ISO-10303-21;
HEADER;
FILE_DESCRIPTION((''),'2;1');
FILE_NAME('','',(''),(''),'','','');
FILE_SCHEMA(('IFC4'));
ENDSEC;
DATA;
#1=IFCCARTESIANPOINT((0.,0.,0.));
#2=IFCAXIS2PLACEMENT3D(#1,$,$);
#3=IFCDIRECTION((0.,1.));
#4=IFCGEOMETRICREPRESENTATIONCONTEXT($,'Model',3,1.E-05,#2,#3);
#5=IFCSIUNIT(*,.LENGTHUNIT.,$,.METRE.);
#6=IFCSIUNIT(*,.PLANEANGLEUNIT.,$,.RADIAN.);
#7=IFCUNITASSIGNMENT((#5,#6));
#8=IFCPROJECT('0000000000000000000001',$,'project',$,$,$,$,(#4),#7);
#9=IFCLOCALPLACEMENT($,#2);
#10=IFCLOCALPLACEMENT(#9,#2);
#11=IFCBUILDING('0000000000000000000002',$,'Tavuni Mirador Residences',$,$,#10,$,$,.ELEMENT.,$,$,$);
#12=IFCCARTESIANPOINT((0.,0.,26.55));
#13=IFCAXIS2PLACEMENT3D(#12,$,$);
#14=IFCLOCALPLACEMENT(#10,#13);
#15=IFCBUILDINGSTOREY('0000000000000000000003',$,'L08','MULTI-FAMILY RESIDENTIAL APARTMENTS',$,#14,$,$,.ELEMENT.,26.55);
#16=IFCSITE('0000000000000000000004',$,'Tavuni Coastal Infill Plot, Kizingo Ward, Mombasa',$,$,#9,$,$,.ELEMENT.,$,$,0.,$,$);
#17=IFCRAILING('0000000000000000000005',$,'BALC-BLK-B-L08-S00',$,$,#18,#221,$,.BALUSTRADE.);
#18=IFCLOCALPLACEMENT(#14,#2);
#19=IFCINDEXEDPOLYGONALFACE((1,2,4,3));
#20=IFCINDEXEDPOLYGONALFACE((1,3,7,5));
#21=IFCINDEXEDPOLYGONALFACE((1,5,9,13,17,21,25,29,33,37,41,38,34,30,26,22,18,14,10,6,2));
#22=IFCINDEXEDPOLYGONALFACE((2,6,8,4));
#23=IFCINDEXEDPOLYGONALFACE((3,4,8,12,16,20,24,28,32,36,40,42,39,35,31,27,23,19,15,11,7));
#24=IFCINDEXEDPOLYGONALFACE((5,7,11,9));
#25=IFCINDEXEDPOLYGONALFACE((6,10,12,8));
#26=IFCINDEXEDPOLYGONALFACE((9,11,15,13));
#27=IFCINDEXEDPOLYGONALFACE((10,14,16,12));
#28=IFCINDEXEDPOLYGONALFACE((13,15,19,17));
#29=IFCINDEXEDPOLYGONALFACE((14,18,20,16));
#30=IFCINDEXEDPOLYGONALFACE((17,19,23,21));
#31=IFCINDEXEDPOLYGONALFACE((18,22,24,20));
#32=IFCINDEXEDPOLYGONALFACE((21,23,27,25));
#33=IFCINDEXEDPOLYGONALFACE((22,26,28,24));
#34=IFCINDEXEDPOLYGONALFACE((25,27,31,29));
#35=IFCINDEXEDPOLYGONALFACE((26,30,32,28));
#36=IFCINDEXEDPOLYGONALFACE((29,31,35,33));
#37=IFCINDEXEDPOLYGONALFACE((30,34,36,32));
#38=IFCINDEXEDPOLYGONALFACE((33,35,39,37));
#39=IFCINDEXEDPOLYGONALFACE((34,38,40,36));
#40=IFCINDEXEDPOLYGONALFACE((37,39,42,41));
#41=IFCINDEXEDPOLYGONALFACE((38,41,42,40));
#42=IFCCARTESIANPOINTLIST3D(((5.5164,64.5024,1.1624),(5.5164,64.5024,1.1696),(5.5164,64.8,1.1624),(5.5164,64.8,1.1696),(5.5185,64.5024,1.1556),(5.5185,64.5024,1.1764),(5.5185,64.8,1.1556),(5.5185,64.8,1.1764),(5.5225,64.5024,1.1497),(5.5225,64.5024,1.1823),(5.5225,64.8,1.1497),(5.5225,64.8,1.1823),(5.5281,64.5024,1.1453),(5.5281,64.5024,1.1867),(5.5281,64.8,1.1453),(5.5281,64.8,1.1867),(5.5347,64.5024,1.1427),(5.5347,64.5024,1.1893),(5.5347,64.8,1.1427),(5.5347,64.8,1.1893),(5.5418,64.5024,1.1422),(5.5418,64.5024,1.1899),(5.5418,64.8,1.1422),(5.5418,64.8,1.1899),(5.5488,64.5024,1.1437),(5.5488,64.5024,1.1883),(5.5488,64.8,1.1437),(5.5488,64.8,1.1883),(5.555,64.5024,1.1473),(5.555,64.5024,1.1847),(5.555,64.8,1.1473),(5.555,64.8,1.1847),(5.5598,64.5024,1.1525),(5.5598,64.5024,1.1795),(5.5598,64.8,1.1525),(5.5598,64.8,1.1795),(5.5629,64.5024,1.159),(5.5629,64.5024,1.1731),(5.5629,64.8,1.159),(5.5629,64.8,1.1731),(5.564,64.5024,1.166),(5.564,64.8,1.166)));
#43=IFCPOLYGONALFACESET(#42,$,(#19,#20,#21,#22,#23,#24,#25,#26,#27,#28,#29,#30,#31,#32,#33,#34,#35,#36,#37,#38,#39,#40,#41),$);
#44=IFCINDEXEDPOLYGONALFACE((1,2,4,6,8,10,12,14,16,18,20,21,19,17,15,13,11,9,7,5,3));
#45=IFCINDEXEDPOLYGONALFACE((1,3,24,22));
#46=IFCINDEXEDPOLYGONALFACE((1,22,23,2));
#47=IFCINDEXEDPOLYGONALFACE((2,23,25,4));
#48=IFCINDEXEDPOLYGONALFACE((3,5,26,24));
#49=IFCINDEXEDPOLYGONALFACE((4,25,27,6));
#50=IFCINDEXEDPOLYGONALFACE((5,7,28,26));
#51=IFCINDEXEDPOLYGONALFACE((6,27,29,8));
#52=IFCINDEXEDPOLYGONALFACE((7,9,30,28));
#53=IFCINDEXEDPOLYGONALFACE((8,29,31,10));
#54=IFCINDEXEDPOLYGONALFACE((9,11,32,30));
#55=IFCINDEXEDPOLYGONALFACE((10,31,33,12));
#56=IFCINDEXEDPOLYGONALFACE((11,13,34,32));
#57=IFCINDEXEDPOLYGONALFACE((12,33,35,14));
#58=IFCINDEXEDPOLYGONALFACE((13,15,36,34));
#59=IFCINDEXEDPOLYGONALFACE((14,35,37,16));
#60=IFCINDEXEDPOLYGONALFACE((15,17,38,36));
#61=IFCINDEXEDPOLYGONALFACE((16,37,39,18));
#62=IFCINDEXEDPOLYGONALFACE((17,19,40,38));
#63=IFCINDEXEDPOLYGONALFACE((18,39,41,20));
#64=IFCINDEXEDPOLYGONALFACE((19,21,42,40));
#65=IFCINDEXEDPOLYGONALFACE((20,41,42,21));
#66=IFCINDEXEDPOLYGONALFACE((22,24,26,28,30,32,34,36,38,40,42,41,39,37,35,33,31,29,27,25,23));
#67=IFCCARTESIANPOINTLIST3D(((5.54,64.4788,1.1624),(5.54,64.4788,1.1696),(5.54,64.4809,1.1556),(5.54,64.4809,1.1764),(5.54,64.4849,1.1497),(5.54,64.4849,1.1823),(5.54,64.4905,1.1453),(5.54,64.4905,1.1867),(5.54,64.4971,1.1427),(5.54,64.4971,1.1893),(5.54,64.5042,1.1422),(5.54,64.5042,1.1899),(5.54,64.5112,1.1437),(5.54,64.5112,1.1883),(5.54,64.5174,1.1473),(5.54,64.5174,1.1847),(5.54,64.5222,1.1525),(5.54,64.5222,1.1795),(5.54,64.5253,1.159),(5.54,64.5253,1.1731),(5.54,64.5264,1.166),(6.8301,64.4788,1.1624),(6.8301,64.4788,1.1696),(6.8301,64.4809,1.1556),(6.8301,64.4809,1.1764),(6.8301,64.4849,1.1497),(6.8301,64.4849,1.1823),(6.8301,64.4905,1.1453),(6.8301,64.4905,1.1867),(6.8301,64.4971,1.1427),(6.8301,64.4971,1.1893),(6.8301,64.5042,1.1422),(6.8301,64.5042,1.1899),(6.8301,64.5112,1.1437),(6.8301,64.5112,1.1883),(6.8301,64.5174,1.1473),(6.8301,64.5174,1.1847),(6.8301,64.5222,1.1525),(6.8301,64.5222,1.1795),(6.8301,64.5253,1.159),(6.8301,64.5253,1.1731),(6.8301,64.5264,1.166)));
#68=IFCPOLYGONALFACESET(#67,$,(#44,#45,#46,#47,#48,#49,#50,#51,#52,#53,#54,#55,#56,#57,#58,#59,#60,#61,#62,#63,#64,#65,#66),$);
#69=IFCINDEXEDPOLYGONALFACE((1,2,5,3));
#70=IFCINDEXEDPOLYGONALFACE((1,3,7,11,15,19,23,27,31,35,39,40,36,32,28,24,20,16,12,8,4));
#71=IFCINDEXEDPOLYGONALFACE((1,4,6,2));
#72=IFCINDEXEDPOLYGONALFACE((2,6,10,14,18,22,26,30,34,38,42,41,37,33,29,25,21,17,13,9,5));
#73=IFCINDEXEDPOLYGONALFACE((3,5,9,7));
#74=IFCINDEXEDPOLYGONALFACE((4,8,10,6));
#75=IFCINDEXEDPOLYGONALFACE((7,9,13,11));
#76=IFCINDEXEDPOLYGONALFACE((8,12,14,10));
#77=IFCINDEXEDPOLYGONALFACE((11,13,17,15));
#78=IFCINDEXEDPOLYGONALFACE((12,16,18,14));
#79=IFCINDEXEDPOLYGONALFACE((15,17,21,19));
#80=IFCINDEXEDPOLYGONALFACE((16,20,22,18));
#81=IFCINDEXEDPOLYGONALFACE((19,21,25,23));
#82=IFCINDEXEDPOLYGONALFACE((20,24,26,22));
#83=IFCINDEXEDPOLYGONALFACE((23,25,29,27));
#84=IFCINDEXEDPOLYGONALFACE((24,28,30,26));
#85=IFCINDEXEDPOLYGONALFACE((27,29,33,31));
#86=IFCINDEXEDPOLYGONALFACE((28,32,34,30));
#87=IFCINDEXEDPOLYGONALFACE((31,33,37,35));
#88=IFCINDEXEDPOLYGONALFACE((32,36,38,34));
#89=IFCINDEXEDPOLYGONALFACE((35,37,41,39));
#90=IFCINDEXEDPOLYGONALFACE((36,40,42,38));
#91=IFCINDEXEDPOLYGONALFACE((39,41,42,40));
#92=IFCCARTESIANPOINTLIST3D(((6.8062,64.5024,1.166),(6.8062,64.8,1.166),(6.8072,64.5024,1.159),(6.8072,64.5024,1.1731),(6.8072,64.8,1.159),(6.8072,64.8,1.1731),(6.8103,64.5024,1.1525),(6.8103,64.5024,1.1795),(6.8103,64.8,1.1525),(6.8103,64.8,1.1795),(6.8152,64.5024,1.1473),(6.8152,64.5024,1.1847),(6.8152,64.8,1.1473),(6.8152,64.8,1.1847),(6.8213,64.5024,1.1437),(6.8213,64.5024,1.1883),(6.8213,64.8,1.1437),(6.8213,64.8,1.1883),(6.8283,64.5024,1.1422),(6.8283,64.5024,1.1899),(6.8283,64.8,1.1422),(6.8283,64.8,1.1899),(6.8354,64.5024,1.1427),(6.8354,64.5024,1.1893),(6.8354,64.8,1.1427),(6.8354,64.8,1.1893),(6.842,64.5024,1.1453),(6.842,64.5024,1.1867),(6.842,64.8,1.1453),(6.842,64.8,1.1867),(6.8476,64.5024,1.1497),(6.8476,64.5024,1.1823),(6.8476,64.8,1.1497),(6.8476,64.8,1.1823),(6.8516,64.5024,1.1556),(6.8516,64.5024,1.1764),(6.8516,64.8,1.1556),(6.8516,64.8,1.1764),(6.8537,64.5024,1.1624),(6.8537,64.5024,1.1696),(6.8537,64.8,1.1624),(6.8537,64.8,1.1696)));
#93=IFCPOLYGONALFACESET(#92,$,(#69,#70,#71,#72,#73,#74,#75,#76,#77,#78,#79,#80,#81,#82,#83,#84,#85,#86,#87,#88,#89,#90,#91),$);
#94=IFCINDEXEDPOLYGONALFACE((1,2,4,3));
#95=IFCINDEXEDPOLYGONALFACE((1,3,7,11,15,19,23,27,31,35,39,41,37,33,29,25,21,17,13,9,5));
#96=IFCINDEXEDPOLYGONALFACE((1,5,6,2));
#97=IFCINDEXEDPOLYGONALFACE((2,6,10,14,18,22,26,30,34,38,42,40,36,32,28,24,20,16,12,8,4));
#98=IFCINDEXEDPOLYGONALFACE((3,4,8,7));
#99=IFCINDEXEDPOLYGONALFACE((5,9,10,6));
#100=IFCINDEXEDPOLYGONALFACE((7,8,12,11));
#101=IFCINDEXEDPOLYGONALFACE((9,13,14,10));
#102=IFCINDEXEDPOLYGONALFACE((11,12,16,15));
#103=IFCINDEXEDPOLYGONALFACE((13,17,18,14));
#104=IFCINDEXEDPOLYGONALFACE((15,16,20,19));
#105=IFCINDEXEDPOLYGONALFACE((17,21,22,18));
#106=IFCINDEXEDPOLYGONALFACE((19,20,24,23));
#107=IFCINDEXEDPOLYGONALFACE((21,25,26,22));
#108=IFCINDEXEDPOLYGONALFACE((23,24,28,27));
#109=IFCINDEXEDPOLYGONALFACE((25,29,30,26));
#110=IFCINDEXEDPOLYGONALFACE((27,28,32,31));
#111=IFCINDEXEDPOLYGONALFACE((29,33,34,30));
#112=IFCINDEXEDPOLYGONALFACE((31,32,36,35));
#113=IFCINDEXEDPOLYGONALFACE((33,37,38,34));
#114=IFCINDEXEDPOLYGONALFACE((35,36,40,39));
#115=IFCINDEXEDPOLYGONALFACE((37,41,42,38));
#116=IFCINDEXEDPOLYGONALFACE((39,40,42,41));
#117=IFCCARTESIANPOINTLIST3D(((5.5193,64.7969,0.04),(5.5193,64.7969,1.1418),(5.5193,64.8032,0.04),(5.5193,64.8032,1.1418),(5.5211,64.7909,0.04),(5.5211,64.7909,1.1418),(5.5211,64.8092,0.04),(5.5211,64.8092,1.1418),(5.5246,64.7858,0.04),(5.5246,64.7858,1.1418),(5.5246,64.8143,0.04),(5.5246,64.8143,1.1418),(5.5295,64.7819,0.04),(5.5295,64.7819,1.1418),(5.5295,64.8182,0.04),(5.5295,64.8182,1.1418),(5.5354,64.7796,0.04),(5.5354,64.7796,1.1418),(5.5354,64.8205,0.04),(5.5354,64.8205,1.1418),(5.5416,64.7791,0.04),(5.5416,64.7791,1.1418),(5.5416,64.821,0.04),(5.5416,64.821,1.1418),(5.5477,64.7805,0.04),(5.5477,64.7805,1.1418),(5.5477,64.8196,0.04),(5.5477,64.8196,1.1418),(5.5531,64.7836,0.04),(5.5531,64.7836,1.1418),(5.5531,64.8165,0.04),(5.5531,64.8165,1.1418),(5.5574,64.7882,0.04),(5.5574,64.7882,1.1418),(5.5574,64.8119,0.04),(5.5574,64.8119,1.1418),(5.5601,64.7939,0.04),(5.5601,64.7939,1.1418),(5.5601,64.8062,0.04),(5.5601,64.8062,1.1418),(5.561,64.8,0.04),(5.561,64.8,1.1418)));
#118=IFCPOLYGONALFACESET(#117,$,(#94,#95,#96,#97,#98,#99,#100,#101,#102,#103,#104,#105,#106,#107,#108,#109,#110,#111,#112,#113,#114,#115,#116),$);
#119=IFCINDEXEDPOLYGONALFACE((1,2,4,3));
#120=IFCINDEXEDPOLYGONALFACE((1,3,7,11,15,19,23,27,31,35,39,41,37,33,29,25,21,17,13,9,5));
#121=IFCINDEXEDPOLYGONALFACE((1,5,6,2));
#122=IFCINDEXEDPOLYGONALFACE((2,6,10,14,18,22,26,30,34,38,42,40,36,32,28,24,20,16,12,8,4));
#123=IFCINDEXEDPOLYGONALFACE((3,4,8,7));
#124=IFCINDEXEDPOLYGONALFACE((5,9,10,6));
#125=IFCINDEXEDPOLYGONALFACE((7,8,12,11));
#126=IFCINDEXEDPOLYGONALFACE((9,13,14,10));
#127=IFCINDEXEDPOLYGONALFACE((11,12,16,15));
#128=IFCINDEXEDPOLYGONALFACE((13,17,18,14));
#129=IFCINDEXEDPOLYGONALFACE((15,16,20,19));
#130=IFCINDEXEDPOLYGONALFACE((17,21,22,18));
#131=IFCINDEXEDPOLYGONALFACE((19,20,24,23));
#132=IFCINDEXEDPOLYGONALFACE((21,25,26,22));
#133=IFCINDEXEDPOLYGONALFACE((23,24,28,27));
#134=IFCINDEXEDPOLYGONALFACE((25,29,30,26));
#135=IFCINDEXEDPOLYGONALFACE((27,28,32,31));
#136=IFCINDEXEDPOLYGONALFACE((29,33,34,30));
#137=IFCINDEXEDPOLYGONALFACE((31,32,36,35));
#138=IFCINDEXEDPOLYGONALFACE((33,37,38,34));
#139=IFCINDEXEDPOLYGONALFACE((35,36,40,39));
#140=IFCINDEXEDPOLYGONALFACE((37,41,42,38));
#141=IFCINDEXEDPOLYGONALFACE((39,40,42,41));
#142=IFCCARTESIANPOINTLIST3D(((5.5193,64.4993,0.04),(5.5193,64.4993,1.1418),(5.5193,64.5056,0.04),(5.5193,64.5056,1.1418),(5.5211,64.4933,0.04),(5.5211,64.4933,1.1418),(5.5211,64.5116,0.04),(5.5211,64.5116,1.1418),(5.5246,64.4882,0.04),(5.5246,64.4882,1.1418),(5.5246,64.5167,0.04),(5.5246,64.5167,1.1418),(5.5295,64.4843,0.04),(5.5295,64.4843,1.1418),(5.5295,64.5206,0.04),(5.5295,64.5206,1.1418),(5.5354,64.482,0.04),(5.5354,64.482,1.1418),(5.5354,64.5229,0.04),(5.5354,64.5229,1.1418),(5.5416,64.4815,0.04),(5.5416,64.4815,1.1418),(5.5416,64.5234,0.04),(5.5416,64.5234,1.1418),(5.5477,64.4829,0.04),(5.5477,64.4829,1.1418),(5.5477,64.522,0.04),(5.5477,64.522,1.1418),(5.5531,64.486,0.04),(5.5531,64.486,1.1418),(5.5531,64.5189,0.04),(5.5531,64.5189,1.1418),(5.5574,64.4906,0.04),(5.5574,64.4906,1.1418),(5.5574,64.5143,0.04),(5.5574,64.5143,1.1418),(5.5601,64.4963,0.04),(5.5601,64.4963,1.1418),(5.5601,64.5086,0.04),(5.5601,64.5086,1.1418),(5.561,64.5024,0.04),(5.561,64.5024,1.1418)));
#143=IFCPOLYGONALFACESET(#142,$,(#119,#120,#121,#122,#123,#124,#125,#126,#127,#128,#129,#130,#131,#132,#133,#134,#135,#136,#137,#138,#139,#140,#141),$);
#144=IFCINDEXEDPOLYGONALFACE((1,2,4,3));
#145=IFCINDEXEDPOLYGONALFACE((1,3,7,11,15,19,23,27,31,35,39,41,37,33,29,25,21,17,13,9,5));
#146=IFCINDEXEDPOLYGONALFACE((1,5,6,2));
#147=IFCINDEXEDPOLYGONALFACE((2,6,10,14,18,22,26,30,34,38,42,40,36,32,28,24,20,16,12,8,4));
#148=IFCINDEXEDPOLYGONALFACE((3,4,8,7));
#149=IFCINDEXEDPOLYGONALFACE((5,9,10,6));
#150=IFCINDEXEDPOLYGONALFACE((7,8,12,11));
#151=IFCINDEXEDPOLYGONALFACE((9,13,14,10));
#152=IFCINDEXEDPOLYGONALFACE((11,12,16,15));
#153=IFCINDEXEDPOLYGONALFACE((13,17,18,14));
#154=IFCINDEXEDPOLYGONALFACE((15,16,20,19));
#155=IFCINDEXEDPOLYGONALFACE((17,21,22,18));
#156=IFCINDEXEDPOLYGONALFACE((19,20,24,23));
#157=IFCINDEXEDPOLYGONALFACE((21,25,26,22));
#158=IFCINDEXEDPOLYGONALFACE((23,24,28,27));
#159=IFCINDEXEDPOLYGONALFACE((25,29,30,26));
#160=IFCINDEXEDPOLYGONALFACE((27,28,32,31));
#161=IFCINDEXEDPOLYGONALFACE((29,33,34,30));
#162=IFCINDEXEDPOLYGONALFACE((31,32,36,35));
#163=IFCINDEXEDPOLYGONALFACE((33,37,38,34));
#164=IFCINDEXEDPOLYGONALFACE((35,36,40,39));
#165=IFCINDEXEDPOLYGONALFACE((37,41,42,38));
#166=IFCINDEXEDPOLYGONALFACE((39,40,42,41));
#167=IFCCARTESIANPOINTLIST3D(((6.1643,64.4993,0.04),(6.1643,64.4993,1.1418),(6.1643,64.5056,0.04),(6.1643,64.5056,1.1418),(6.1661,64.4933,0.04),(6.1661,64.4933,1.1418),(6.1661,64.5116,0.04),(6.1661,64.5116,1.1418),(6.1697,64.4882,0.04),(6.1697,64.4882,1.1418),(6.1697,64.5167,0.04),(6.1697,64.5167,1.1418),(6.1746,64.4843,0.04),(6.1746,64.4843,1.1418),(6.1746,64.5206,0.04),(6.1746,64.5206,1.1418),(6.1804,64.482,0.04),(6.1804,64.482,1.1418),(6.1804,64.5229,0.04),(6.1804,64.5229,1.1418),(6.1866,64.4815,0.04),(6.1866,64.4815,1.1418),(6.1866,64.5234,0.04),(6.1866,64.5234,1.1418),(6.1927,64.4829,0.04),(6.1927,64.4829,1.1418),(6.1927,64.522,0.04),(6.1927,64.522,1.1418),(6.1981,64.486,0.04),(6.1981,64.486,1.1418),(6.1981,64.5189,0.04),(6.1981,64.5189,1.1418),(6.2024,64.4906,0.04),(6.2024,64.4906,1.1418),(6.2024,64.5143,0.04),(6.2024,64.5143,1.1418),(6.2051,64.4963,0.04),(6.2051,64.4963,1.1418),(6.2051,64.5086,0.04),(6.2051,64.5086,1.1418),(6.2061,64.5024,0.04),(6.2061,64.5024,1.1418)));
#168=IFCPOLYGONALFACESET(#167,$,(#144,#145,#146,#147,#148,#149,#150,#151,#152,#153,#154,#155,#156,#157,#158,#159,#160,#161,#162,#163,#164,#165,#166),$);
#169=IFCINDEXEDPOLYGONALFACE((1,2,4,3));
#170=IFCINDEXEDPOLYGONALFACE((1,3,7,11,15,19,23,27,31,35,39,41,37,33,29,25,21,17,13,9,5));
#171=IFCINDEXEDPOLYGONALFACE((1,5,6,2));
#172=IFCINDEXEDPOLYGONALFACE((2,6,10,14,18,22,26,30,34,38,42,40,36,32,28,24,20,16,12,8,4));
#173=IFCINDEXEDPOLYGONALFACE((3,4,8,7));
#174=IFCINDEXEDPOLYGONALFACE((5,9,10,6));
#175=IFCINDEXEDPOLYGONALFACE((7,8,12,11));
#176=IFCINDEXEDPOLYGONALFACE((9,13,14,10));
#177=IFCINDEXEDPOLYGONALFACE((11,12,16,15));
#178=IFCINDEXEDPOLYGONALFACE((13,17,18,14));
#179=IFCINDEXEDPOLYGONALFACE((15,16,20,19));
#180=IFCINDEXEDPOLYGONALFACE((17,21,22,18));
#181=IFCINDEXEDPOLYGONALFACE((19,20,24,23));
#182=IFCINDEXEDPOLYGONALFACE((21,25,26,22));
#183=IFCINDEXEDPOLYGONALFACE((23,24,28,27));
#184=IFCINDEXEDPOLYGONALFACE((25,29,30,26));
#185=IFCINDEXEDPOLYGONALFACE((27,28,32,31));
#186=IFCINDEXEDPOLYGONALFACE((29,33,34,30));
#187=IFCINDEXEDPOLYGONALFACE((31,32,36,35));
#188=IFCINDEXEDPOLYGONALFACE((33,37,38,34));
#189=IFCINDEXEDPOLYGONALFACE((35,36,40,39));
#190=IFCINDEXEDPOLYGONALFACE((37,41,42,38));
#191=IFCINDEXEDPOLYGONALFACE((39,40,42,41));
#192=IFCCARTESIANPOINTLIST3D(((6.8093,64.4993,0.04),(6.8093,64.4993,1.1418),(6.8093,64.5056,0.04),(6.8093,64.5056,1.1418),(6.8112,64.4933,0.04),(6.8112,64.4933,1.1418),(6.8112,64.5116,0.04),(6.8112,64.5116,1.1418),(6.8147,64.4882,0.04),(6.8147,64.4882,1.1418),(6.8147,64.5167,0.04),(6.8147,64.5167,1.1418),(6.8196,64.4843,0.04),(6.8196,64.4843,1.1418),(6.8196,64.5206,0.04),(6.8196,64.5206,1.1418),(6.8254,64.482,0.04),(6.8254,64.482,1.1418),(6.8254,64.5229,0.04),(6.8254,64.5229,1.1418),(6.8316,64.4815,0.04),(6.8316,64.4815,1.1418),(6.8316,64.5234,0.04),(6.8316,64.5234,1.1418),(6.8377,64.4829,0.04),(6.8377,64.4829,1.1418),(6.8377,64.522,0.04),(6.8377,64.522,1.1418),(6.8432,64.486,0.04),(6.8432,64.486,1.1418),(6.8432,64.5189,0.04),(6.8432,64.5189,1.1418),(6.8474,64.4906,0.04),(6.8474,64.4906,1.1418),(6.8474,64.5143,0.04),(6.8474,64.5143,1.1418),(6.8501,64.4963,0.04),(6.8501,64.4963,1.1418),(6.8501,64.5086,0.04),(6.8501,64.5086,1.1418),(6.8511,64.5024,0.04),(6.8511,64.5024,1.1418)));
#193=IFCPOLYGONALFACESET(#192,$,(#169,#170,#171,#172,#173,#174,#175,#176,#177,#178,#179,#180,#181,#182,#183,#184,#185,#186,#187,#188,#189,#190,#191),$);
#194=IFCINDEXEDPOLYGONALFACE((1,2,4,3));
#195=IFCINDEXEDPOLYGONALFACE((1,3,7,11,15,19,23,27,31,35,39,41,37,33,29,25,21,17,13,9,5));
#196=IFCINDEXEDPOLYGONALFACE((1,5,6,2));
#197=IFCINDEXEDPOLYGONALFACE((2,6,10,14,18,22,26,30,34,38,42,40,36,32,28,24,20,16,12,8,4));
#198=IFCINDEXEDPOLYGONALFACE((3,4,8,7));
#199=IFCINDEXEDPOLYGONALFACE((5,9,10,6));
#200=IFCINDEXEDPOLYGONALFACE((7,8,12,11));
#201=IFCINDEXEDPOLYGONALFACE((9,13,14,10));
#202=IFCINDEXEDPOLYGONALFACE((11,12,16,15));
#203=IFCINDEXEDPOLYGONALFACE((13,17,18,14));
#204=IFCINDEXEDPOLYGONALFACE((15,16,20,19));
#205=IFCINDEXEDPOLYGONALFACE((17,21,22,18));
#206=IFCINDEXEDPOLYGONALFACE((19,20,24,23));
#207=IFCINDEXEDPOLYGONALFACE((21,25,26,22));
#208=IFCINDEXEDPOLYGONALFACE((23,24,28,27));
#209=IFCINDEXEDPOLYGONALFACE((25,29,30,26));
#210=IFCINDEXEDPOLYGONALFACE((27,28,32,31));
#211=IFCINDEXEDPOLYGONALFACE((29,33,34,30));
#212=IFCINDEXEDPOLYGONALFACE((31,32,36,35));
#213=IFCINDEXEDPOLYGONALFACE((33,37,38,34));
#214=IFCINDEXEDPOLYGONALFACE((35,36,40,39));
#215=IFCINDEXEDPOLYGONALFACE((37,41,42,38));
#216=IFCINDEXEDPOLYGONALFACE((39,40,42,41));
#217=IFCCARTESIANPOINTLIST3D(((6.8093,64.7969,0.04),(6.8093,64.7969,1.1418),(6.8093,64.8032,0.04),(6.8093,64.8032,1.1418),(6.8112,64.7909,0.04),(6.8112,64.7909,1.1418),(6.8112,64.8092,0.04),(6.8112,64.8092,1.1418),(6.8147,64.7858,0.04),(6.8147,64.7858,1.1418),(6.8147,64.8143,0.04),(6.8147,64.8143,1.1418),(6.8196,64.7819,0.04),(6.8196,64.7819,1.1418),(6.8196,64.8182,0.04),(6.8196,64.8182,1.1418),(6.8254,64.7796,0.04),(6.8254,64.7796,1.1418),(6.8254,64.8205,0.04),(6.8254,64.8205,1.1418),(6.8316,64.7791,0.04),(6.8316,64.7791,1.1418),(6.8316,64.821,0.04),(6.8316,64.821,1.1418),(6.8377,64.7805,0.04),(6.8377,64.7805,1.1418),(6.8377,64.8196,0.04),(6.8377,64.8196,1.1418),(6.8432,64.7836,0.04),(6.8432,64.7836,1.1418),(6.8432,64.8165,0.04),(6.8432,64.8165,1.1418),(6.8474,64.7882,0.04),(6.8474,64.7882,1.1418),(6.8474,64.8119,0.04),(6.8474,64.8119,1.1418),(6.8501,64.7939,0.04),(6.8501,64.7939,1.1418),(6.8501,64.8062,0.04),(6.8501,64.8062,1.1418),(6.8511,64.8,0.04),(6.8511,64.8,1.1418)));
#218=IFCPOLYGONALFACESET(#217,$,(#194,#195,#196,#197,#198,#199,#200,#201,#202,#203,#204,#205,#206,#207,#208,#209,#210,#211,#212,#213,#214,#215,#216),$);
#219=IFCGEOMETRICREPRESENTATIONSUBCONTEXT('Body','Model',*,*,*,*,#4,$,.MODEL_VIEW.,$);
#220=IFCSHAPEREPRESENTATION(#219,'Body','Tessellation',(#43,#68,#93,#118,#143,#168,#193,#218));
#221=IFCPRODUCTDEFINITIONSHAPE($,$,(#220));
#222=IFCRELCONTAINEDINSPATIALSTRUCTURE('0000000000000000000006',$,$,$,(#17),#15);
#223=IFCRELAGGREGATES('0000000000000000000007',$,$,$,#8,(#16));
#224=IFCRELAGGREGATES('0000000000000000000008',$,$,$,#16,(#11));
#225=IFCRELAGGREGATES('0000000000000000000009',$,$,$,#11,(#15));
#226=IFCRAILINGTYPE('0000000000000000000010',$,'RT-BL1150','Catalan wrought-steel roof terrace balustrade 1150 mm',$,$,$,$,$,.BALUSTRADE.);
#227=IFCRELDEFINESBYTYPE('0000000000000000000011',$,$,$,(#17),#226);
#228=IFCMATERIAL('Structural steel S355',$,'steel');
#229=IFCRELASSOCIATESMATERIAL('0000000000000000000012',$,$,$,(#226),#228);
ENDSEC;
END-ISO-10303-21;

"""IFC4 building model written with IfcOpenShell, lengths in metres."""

from ifc_helpers import new_model, si_unit, direction, frame, origin, origin_2d, place, context, subcontext, project, spatial, circle, extrude, material, type_object, element, save


model = new_model("IFC4")

# Units and contexts
model_context = context("Model", 3, precision=1e-05, world=origin(), true_north=direction((0.0, 1.0)))
body_context = subcontext(model_context, "Body", "Model", "MODEL_VIEW")
ifc_project = project(units=[si_unit("LENGTHUNIT", "METRE"), si_unit("PLANEANGLEUNIT", "RADIAN")], contexts=[model_context])

# Site, building, storey
site_placement = place(None, origin())
site = spatial("IfcSite", under=ifc_project, at=site_placement, Name="Tavuni Coastal Infill Plot, Kizingo Ward, Mombasa", CompositionType="ELEMENT", RefElevation=0.0)
building_placement = place(site_placement, origin())
building = spatial("IfcBuilding", under=site, at=building_placement, Name="Tavuni Mirador Residences", CompositionType="ELEMENT")
storey_placement = place(building_placement, frame((0.0, 0.0, 26.55)))
storey = spatial("IfcBuildingStorey", under=building, at=storey_placement, Name="L08", Description="MULTI-FAMILY RESIDENTIAL APARTMENTS", CompositionType="ELEMENT", Elevation=26.55)

# Railing
ifc_material_1 = material(Name="Structural steel S355", Category="steel")
railing_type = type_object("IfcRailingType", Name="RT-BL1150", Description="Catalan wrought-steel roof terrace balustrade 1150 mm", PredefinedType="BALUSTRADE", material=ifc_material_1)
railing_placement = place(storey_placement, frame((5.54, 64.8, 0.04)))
element("IfcRailing", 1, at=railing_placement, inside=storey, type_object=railing_type, Name="BALC-BLK-B-L08-S00", PredefinedType="BALUSTRADE", context=body_context, shape_type="SweptSolid", body=[
    extrude(circle(Radius=0.0239, at=origin_2d()), frame((0.0, 0.0, 1.126), z_axis=(0.0, -1.0, 0.0), x_axis=(1.0, 0.0, 0.0)), (0.0, 0.0, 1.0), 0.2976),
    extrude(circle(Radius=0.0239, at=origin_2d()), frame((0.0, -0.2976, 1.126), z_axis=(1.0, 0.0, 0.0), x_axis=(0.0, 1.0, 0.0)), (0.0, 0.0, 1.0), 1.29),
    extrude(circle(Radius=0.0239, at=origin_2d()), frame((1.29, -0.2976, 1.126), z_axis=(0.0, 1.0, 0.0), x_axis=(-1.0, 0.0, 0.0)), (0.0, 0.0, 1.0), 0.2976),
    extrude(circle(Radius=0.021, at=origin_2d()), origin(), (0.0, 0.0, 1.0), 1.1018),
    extrude(circle(Radius=0.021, at=origin_2d()), frame((0.0, -0.2976, 0.0)), (0.0, 0.0, 1.0), 1.1018),
    extrude(circle(Radius=0.021, at=origin_2d()), frame((0.645, -0.2976, 0.0)), (0.0, 0.0, 1.0), 1.1018),
    extrude(circle(Radius=0.021, at=origin_2d()), frame((1.29, -0.2976, 0.0)), (0.0, 0.0, 1.0), 1.1018),
    extrude(circle(Radius=0.021, at=origin_2d()), frame((1.29, 0.0, 0.0)), (0.0, 0.0, 1.0), 1.1018),
])

save(model, "model.ifc")
